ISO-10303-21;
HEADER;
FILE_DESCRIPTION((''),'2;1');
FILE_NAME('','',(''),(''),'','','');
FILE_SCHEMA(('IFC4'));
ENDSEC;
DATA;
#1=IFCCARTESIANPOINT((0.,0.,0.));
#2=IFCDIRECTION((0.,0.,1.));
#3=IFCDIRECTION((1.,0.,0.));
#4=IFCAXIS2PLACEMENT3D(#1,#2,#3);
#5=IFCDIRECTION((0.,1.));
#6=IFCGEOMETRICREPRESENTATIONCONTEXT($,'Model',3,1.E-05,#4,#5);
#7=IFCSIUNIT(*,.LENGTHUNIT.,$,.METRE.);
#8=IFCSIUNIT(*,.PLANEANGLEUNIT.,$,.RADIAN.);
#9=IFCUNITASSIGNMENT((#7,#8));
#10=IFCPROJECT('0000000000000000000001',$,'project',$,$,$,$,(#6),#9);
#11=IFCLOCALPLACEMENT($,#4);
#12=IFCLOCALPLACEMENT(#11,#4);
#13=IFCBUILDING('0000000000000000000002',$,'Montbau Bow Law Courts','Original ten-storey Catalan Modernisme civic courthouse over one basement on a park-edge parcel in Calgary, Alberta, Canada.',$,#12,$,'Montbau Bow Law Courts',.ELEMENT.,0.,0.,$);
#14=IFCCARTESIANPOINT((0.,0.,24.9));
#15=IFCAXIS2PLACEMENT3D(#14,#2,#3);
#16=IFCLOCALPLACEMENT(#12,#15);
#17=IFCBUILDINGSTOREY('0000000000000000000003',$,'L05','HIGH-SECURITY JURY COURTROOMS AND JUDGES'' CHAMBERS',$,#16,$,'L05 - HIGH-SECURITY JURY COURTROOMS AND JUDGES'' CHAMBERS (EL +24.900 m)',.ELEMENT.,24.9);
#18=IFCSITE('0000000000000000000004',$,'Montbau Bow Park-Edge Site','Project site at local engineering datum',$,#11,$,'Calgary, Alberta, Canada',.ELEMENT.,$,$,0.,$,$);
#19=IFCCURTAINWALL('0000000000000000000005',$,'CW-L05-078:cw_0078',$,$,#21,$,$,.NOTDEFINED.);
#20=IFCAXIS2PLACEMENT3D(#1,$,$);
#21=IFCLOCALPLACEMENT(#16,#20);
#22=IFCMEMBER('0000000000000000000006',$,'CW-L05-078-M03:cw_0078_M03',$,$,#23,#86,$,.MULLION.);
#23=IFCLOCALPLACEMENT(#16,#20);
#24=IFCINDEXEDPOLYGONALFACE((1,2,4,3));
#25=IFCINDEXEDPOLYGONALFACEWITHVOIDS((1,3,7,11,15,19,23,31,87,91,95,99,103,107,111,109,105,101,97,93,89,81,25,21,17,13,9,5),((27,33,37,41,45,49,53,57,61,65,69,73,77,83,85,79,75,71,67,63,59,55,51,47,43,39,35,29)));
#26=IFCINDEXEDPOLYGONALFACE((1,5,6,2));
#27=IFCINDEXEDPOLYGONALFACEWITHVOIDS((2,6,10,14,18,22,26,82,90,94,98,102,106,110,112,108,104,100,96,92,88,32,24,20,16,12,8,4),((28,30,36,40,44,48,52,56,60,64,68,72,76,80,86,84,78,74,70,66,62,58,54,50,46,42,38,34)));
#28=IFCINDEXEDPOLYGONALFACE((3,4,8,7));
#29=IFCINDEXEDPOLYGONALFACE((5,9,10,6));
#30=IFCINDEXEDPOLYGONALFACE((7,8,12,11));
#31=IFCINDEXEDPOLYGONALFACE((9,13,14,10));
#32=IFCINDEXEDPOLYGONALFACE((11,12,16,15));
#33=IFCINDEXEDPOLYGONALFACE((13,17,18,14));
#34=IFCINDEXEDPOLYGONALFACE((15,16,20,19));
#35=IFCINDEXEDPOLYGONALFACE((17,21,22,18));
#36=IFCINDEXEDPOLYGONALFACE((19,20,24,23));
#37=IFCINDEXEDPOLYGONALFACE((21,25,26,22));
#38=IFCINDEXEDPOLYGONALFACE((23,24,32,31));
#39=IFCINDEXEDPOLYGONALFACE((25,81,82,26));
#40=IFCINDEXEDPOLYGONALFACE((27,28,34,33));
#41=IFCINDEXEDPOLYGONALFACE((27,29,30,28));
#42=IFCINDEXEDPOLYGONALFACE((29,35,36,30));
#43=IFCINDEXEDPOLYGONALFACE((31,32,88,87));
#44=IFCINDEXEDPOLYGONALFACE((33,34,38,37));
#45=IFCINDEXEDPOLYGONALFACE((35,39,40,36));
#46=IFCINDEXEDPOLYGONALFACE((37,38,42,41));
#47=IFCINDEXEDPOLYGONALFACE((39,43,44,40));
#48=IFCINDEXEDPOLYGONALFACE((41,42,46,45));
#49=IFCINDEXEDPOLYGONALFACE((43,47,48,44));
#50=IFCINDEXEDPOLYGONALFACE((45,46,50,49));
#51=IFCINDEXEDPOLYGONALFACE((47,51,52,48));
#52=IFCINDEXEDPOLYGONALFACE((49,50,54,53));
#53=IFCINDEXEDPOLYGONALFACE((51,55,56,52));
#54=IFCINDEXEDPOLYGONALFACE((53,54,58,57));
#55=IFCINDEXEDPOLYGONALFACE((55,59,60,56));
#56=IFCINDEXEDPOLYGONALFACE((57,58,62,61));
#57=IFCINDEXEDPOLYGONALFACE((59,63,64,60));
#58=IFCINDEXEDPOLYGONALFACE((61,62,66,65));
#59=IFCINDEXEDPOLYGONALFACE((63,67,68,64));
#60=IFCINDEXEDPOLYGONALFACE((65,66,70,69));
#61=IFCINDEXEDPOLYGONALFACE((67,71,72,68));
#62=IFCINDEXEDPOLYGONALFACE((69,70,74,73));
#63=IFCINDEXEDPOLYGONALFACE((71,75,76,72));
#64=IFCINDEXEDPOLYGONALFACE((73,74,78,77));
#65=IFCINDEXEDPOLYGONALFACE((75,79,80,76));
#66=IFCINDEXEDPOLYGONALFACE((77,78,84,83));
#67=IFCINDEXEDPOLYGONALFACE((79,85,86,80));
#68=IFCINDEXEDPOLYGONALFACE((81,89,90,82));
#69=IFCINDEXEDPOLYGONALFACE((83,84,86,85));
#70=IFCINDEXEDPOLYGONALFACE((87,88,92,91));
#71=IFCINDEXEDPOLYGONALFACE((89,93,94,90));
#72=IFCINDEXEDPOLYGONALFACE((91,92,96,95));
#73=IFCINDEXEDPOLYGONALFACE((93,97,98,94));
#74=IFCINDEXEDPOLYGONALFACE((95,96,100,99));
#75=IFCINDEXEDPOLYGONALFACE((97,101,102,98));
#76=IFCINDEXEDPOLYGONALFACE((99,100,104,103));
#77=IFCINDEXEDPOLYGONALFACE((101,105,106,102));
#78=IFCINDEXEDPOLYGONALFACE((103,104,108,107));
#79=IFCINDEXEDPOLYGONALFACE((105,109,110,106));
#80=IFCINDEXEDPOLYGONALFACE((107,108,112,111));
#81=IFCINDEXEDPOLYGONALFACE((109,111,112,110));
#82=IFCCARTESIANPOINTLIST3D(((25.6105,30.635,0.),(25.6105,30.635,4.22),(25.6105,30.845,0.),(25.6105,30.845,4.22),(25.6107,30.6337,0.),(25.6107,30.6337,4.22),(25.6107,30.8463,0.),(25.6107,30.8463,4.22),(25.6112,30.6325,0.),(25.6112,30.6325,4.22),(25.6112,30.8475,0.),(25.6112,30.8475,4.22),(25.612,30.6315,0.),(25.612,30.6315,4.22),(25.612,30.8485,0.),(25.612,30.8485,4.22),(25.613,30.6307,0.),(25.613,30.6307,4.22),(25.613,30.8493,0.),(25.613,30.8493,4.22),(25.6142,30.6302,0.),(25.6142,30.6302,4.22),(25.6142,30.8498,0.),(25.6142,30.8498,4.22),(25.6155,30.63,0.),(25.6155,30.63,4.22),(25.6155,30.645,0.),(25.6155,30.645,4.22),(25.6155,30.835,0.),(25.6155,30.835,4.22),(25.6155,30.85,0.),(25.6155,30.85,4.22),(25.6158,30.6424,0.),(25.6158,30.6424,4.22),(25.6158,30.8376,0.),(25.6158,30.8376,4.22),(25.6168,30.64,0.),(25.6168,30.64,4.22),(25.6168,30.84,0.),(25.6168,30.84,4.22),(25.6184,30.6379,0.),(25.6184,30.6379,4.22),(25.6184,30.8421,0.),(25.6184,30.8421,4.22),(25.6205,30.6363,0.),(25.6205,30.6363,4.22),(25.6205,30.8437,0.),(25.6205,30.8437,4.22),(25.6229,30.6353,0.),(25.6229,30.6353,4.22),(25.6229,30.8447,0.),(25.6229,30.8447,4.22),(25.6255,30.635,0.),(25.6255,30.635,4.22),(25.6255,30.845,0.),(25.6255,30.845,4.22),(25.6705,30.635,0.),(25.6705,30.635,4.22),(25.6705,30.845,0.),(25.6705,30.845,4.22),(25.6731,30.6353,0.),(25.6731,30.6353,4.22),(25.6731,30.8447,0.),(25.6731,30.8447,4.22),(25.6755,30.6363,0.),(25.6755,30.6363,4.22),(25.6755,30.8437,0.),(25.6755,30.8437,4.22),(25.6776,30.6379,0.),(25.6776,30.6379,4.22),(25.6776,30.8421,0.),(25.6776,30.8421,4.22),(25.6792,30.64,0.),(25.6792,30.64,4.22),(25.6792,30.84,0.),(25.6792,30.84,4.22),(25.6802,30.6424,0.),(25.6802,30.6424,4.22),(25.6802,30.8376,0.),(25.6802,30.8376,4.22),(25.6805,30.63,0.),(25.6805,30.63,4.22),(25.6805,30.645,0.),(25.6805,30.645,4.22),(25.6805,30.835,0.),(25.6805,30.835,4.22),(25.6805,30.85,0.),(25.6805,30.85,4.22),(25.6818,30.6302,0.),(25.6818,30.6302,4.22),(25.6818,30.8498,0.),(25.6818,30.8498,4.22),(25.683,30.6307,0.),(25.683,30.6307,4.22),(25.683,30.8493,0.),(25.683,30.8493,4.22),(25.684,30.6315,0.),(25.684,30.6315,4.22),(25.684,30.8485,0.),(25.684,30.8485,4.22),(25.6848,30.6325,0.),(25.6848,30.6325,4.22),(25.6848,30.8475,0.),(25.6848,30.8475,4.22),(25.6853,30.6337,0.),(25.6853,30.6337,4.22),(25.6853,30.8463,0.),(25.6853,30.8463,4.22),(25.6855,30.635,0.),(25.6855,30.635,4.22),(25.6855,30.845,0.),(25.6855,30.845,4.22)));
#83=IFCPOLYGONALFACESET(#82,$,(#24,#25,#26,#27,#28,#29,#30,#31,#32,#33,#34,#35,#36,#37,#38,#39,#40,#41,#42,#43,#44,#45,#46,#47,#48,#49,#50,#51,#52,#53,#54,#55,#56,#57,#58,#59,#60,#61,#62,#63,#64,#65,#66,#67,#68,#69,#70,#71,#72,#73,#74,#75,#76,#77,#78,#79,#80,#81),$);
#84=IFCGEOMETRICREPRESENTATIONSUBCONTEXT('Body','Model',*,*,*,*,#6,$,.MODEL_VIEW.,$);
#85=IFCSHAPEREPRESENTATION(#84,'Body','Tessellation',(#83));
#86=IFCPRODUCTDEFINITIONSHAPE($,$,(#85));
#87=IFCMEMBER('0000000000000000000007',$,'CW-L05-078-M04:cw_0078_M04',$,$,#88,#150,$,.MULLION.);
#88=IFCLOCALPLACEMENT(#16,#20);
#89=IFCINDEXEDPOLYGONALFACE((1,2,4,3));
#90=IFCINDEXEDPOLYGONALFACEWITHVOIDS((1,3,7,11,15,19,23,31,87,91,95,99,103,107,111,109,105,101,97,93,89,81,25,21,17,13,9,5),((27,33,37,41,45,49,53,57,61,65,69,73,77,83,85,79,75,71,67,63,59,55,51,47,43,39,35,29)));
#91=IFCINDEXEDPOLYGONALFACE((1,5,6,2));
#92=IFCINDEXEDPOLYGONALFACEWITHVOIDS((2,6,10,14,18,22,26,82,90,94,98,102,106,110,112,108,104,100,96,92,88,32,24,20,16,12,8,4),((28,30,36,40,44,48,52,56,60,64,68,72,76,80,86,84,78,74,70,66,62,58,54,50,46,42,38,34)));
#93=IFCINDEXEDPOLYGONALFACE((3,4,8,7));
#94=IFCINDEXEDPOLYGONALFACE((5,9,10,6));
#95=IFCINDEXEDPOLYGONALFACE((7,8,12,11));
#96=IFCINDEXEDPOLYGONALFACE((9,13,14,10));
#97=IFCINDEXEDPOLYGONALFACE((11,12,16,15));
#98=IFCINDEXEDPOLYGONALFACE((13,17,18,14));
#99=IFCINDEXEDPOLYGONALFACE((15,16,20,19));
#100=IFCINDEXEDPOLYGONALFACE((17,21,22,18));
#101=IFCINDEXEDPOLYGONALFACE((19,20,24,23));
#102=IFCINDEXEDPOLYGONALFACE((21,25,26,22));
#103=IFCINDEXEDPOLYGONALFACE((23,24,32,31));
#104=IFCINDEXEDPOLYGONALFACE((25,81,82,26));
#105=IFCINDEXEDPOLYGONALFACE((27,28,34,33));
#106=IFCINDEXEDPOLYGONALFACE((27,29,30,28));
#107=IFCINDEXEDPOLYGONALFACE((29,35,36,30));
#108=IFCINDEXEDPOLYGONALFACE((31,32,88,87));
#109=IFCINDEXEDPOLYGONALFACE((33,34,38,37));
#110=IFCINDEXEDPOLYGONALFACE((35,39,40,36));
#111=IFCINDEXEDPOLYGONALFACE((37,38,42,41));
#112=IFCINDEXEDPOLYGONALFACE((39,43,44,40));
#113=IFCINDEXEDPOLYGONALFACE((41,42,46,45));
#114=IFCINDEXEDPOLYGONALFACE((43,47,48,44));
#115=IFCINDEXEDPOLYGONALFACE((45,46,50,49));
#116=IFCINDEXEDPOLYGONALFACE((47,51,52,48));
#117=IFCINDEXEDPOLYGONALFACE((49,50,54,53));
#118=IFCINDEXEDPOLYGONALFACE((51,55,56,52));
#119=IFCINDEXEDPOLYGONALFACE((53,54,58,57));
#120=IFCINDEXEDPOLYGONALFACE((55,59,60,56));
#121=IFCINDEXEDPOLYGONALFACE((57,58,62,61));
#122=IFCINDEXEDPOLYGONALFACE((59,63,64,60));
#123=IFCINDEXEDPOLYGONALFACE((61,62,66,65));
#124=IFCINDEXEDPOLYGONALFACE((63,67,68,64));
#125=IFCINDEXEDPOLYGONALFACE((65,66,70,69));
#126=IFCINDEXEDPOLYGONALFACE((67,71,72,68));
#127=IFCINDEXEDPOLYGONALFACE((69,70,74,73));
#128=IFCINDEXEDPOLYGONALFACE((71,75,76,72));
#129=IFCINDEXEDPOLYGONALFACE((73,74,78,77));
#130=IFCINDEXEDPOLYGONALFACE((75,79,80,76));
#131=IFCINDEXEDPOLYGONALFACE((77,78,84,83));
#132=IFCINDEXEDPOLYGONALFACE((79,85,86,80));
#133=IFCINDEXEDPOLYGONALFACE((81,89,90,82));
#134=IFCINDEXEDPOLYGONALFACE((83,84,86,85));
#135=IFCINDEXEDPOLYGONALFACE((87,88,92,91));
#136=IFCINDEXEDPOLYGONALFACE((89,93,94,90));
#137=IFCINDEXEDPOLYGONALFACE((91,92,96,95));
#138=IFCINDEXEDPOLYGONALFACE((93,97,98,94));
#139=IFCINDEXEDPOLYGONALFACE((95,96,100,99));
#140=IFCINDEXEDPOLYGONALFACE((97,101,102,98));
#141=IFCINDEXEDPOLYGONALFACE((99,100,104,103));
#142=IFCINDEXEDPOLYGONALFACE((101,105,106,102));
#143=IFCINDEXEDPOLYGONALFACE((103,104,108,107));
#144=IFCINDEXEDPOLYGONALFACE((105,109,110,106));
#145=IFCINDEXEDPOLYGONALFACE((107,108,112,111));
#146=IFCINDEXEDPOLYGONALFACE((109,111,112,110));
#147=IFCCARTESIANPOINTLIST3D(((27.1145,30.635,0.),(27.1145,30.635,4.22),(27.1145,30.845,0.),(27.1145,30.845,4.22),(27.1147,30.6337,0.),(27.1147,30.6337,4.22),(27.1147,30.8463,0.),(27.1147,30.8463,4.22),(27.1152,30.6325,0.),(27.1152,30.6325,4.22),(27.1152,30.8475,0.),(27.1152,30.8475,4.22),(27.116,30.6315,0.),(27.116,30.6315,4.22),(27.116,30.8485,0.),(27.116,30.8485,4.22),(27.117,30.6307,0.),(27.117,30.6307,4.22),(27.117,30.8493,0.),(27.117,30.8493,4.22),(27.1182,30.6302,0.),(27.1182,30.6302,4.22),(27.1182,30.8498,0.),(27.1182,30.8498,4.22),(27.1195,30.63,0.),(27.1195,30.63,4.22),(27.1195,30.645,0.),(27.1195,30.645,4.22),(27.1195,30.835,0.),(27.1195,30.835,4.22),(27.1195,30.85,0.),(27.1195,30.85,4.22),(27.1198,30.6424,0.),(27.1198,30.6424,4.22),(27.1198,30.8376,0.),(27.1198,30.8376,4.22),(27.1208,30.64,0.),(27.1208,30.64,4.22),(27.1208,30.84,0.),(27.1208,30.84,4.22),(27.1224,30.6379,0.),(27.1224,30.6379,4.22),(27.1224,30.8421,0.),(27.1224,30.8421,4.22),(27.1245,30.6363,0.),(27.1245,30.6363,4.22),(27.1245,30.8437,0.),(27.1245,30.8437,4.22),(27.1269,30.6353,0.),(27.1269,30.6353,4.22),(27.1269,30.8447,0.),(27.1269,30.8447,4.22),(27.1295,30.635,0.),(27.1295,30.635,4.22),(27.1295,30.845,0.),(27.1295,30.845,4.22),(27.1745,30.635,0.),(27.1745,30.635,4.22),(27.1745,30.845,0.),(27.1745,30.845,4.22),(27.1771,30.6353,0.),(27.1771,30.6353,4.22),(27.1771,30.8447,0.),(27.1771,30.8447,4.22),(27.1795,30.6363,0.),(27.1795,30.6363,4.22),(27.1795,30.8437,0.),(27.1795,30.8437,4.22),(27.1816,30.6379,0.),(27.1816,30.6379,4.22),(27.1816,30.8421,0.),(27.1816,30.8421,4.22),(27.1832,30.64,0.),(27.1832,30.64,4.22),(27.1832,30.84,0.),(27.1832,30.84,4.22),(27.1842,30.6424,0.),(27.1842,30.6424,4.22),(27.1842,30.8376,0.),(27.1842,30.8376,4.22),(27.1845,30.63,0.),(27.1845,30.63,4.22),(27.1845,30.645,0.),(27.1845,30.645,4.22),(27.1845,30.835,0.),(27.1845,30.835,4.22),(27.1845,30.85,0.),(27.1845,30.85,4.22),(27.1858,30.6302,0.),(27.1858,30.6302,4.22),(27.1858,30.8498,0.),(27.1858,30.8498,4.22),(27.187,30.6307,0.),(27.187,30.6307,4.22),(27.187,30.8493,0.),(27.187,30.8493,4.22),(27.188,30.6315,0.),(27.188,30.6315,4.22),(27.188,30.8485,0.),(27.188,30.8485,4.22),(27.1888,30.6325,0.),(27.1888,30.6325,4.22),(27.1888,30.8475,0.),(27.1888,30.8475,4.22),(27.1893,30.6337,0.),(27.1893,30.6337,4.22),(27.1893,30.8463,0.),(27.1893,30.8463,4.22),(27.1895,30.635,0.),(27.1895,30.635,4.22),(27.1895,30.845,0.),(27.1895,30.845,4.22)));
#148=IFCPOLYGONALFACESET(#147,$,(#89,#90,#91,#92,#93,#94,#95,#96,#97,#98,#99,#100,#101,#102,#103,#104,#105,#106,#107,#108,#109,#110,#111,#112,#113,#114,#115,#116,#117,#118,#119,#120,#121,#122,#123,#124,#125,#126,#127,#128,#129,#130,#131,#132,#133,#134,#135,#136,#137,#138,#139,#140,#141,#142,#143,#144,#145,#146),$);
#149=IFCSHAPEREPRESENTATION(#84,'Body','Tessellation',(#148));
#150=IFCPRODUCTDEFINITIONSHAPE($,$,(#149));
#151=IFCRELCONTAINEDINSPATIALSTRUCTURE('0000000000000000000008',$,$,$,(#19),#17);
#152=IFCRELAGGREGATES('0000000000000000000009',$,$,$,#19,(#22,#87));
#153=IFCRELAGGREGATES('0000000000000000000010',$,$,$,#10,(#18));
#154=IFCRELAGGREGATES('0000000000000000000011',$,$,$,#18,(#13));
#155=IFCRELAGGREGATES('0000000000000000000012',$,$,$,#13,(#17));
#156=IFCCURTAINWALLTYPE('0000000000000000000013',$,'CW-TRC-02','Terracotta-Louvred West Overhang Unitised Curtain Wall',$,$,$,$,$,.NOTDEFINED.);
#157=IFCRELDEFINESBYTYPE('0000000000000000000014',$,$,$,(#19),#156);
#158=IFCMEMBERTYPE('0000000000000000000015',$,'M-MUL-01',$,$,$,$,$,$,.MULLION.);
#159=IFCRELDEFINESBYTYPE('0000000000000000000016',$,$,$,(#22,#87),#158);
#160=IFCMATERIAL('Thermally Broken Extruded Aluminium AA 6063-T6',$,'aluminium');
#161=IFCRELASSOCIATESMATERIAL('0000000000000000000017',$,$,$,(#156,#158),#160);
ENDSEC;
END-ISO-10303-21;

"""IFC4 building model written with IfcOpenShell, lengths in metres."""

from ifc_helpers import new_model, si_unit, direction, frame, origin_with_axes, origin_2d_with_axis, place, context, subcontext, project, spatial, hollow_rectangle, extrude, material, material_profile, profile_set, type_object, element, aggregate, save


model = new_model("IFC4")

# Units and contexts
model_context = context("Model", 3, precision=1e-05, world=origin_with_axes(), true_north=direction((0.0, 1.0)))
body_context = subcontext(model_context, "Body", "Model", "MODEL_VIEW")
ifc_project = project(units=[si_unit("LENGTHUNIT", "METRE"), si_unit("PLANEANGLEUNIT", "RADIAN")], contexts=[model_context])

# Site, building, storey
site_placement = place(None, origin_with_axes())
site = spatial("IfcSite", under=ifc_project, at=site_placement, Name="Montbau Bow Park-Edge Site", Description="Project site at local engineering datum", LongName="Calgary, Alberta, Canada", CompositionType="ELEMENT", RefElevation=0.0)
building_placement = place(site_placement, origin_with_axes())
building = spatial("IfcBuilding", under=site, at=building_placement, Name="Montbau Bow Law Courts", Description="Original ten-storey Catalan Modernisme civic courthouse over one basement on a park-edge parcel in Calgary, Alberta, Canada.", LongName="Montbau Bow Law Courts", CompositionType="ELEMENT", ElevationOfRefHeight=0.0, ElevationOfTerrain=0.0)
storey_placement = place(building_placement, frame((0.0, 0.0, 24.9), z_axis=(0.0, 0.0, 1.0), x_axis=(1.0, 0.0, 0.0)))
storey = spatial("IfcBuildingStorey", under=building, at=storey_placement, Name="L05", Description="HIGH-SECURITY JURY COURTROOMS AND JUDGES' CHAMBERS", LongName="L05 - HIGH-SECURITY JURY COURTROOMS AND JUDGES' CHAMBERS (EL +24.900 m)", CompositionType="ELEMENT", Elevation=24.9)

# Curtain wall, members
ifc_material_1 = material(Name="Thermally Broken Extruded Aluminium AA 6063-T6", Category="aluminium")
curtain_wall_type = type_object("IfcCurtainWallType", Name="CW-TRC-02", Description="Terracotta-Louvred West Overhang Unitised Curtain Wall", PredefinedType="NOTDEFINED", material=ifc_material_1)
curtain_wall_placement = place(None, frame((22.64, 30.74, 24.9), z_axis=(0.0, 0.0, 1.0), x_axis=(1.0, 0.0, 0.0)))
curtain_wall = element("IfcCurtainWall", 1, at=curtain_wall_placement, inside=storey, type_object=curtain_wall_type, Name="CW-L05-078:cw_0078", PredefinedType="NOTDEFINED")
ifc_material_profile_1 = material_profile(ifc_material_1, hollow_rectangle(XDim=0.075, YDim=0.22, WallThickness=0.005, InnerFilletRadius=0.01, OuterFilletRadius=0.005, at=origin_2d_with_axis()), Name="CWM-220X75", Category="Main", Priority=0)
ifc_profile_set_1 = profile_set([ifc_material_profile_1], Name="Thermally Broken Extruded Aluminium AA 6063-T6")
member_type_1 = type_object("IfcMemberType", Name="M-MUL-01", PredefinedType="MULLION", material=ifc_profile_set_1)
member_1_placement = place(None, frame((25.648, 30.74, 24.9), z_axis=(0.0, 0.0, 1.0), x_axis=(1.0, 0.0, 0.0)))
member_1 = element("IfcMember", 2, at=member_1_placement, type_object=member_type_1, Name="CW-L05-078-M03:cw_0078_M03", PredefinedType="MULLION", context=body_context, shape_type="SweptSolid", body=[
    extrude(hollow_rectangle(XDim=0.075, YDim=0.22, WallThickness=0.005, InnerFilletRadius=0.01, OuterFilletRadius=0.005, at=origin_2d_with_axis()), origin_with_axes(), (0.0, 0.0, 1.0), 4.22),
])
member_2_placement = place(None, frame((27.152, 30.74, 24.9), z_axis=(0.0, 0.0, 1.0), x_axis=(1.0, 0.0, 0.0)))
member_2 = element("IfcMember", 3, at=member_2_placement, type_object=member_type_1, Name="CW-L05-078-M04:cw_0078_M04", PredefinedType="MULLION", context=body_context, shape_type="SweptSolid", body=[
    extrude(hollow_rectangle(XDim=0.075, YDim=0.22, WallThickness=0.005, InnerFilletRadius=0.01, OuterFilletRadius=0.005, at=origin_2d_with_axis()), origin_with_axes(), (0.0, 0.0, 1.0), 4.22),
])
aggregate(curtain_wall, [member_1, member_2])

save(model, "model.ifc")
